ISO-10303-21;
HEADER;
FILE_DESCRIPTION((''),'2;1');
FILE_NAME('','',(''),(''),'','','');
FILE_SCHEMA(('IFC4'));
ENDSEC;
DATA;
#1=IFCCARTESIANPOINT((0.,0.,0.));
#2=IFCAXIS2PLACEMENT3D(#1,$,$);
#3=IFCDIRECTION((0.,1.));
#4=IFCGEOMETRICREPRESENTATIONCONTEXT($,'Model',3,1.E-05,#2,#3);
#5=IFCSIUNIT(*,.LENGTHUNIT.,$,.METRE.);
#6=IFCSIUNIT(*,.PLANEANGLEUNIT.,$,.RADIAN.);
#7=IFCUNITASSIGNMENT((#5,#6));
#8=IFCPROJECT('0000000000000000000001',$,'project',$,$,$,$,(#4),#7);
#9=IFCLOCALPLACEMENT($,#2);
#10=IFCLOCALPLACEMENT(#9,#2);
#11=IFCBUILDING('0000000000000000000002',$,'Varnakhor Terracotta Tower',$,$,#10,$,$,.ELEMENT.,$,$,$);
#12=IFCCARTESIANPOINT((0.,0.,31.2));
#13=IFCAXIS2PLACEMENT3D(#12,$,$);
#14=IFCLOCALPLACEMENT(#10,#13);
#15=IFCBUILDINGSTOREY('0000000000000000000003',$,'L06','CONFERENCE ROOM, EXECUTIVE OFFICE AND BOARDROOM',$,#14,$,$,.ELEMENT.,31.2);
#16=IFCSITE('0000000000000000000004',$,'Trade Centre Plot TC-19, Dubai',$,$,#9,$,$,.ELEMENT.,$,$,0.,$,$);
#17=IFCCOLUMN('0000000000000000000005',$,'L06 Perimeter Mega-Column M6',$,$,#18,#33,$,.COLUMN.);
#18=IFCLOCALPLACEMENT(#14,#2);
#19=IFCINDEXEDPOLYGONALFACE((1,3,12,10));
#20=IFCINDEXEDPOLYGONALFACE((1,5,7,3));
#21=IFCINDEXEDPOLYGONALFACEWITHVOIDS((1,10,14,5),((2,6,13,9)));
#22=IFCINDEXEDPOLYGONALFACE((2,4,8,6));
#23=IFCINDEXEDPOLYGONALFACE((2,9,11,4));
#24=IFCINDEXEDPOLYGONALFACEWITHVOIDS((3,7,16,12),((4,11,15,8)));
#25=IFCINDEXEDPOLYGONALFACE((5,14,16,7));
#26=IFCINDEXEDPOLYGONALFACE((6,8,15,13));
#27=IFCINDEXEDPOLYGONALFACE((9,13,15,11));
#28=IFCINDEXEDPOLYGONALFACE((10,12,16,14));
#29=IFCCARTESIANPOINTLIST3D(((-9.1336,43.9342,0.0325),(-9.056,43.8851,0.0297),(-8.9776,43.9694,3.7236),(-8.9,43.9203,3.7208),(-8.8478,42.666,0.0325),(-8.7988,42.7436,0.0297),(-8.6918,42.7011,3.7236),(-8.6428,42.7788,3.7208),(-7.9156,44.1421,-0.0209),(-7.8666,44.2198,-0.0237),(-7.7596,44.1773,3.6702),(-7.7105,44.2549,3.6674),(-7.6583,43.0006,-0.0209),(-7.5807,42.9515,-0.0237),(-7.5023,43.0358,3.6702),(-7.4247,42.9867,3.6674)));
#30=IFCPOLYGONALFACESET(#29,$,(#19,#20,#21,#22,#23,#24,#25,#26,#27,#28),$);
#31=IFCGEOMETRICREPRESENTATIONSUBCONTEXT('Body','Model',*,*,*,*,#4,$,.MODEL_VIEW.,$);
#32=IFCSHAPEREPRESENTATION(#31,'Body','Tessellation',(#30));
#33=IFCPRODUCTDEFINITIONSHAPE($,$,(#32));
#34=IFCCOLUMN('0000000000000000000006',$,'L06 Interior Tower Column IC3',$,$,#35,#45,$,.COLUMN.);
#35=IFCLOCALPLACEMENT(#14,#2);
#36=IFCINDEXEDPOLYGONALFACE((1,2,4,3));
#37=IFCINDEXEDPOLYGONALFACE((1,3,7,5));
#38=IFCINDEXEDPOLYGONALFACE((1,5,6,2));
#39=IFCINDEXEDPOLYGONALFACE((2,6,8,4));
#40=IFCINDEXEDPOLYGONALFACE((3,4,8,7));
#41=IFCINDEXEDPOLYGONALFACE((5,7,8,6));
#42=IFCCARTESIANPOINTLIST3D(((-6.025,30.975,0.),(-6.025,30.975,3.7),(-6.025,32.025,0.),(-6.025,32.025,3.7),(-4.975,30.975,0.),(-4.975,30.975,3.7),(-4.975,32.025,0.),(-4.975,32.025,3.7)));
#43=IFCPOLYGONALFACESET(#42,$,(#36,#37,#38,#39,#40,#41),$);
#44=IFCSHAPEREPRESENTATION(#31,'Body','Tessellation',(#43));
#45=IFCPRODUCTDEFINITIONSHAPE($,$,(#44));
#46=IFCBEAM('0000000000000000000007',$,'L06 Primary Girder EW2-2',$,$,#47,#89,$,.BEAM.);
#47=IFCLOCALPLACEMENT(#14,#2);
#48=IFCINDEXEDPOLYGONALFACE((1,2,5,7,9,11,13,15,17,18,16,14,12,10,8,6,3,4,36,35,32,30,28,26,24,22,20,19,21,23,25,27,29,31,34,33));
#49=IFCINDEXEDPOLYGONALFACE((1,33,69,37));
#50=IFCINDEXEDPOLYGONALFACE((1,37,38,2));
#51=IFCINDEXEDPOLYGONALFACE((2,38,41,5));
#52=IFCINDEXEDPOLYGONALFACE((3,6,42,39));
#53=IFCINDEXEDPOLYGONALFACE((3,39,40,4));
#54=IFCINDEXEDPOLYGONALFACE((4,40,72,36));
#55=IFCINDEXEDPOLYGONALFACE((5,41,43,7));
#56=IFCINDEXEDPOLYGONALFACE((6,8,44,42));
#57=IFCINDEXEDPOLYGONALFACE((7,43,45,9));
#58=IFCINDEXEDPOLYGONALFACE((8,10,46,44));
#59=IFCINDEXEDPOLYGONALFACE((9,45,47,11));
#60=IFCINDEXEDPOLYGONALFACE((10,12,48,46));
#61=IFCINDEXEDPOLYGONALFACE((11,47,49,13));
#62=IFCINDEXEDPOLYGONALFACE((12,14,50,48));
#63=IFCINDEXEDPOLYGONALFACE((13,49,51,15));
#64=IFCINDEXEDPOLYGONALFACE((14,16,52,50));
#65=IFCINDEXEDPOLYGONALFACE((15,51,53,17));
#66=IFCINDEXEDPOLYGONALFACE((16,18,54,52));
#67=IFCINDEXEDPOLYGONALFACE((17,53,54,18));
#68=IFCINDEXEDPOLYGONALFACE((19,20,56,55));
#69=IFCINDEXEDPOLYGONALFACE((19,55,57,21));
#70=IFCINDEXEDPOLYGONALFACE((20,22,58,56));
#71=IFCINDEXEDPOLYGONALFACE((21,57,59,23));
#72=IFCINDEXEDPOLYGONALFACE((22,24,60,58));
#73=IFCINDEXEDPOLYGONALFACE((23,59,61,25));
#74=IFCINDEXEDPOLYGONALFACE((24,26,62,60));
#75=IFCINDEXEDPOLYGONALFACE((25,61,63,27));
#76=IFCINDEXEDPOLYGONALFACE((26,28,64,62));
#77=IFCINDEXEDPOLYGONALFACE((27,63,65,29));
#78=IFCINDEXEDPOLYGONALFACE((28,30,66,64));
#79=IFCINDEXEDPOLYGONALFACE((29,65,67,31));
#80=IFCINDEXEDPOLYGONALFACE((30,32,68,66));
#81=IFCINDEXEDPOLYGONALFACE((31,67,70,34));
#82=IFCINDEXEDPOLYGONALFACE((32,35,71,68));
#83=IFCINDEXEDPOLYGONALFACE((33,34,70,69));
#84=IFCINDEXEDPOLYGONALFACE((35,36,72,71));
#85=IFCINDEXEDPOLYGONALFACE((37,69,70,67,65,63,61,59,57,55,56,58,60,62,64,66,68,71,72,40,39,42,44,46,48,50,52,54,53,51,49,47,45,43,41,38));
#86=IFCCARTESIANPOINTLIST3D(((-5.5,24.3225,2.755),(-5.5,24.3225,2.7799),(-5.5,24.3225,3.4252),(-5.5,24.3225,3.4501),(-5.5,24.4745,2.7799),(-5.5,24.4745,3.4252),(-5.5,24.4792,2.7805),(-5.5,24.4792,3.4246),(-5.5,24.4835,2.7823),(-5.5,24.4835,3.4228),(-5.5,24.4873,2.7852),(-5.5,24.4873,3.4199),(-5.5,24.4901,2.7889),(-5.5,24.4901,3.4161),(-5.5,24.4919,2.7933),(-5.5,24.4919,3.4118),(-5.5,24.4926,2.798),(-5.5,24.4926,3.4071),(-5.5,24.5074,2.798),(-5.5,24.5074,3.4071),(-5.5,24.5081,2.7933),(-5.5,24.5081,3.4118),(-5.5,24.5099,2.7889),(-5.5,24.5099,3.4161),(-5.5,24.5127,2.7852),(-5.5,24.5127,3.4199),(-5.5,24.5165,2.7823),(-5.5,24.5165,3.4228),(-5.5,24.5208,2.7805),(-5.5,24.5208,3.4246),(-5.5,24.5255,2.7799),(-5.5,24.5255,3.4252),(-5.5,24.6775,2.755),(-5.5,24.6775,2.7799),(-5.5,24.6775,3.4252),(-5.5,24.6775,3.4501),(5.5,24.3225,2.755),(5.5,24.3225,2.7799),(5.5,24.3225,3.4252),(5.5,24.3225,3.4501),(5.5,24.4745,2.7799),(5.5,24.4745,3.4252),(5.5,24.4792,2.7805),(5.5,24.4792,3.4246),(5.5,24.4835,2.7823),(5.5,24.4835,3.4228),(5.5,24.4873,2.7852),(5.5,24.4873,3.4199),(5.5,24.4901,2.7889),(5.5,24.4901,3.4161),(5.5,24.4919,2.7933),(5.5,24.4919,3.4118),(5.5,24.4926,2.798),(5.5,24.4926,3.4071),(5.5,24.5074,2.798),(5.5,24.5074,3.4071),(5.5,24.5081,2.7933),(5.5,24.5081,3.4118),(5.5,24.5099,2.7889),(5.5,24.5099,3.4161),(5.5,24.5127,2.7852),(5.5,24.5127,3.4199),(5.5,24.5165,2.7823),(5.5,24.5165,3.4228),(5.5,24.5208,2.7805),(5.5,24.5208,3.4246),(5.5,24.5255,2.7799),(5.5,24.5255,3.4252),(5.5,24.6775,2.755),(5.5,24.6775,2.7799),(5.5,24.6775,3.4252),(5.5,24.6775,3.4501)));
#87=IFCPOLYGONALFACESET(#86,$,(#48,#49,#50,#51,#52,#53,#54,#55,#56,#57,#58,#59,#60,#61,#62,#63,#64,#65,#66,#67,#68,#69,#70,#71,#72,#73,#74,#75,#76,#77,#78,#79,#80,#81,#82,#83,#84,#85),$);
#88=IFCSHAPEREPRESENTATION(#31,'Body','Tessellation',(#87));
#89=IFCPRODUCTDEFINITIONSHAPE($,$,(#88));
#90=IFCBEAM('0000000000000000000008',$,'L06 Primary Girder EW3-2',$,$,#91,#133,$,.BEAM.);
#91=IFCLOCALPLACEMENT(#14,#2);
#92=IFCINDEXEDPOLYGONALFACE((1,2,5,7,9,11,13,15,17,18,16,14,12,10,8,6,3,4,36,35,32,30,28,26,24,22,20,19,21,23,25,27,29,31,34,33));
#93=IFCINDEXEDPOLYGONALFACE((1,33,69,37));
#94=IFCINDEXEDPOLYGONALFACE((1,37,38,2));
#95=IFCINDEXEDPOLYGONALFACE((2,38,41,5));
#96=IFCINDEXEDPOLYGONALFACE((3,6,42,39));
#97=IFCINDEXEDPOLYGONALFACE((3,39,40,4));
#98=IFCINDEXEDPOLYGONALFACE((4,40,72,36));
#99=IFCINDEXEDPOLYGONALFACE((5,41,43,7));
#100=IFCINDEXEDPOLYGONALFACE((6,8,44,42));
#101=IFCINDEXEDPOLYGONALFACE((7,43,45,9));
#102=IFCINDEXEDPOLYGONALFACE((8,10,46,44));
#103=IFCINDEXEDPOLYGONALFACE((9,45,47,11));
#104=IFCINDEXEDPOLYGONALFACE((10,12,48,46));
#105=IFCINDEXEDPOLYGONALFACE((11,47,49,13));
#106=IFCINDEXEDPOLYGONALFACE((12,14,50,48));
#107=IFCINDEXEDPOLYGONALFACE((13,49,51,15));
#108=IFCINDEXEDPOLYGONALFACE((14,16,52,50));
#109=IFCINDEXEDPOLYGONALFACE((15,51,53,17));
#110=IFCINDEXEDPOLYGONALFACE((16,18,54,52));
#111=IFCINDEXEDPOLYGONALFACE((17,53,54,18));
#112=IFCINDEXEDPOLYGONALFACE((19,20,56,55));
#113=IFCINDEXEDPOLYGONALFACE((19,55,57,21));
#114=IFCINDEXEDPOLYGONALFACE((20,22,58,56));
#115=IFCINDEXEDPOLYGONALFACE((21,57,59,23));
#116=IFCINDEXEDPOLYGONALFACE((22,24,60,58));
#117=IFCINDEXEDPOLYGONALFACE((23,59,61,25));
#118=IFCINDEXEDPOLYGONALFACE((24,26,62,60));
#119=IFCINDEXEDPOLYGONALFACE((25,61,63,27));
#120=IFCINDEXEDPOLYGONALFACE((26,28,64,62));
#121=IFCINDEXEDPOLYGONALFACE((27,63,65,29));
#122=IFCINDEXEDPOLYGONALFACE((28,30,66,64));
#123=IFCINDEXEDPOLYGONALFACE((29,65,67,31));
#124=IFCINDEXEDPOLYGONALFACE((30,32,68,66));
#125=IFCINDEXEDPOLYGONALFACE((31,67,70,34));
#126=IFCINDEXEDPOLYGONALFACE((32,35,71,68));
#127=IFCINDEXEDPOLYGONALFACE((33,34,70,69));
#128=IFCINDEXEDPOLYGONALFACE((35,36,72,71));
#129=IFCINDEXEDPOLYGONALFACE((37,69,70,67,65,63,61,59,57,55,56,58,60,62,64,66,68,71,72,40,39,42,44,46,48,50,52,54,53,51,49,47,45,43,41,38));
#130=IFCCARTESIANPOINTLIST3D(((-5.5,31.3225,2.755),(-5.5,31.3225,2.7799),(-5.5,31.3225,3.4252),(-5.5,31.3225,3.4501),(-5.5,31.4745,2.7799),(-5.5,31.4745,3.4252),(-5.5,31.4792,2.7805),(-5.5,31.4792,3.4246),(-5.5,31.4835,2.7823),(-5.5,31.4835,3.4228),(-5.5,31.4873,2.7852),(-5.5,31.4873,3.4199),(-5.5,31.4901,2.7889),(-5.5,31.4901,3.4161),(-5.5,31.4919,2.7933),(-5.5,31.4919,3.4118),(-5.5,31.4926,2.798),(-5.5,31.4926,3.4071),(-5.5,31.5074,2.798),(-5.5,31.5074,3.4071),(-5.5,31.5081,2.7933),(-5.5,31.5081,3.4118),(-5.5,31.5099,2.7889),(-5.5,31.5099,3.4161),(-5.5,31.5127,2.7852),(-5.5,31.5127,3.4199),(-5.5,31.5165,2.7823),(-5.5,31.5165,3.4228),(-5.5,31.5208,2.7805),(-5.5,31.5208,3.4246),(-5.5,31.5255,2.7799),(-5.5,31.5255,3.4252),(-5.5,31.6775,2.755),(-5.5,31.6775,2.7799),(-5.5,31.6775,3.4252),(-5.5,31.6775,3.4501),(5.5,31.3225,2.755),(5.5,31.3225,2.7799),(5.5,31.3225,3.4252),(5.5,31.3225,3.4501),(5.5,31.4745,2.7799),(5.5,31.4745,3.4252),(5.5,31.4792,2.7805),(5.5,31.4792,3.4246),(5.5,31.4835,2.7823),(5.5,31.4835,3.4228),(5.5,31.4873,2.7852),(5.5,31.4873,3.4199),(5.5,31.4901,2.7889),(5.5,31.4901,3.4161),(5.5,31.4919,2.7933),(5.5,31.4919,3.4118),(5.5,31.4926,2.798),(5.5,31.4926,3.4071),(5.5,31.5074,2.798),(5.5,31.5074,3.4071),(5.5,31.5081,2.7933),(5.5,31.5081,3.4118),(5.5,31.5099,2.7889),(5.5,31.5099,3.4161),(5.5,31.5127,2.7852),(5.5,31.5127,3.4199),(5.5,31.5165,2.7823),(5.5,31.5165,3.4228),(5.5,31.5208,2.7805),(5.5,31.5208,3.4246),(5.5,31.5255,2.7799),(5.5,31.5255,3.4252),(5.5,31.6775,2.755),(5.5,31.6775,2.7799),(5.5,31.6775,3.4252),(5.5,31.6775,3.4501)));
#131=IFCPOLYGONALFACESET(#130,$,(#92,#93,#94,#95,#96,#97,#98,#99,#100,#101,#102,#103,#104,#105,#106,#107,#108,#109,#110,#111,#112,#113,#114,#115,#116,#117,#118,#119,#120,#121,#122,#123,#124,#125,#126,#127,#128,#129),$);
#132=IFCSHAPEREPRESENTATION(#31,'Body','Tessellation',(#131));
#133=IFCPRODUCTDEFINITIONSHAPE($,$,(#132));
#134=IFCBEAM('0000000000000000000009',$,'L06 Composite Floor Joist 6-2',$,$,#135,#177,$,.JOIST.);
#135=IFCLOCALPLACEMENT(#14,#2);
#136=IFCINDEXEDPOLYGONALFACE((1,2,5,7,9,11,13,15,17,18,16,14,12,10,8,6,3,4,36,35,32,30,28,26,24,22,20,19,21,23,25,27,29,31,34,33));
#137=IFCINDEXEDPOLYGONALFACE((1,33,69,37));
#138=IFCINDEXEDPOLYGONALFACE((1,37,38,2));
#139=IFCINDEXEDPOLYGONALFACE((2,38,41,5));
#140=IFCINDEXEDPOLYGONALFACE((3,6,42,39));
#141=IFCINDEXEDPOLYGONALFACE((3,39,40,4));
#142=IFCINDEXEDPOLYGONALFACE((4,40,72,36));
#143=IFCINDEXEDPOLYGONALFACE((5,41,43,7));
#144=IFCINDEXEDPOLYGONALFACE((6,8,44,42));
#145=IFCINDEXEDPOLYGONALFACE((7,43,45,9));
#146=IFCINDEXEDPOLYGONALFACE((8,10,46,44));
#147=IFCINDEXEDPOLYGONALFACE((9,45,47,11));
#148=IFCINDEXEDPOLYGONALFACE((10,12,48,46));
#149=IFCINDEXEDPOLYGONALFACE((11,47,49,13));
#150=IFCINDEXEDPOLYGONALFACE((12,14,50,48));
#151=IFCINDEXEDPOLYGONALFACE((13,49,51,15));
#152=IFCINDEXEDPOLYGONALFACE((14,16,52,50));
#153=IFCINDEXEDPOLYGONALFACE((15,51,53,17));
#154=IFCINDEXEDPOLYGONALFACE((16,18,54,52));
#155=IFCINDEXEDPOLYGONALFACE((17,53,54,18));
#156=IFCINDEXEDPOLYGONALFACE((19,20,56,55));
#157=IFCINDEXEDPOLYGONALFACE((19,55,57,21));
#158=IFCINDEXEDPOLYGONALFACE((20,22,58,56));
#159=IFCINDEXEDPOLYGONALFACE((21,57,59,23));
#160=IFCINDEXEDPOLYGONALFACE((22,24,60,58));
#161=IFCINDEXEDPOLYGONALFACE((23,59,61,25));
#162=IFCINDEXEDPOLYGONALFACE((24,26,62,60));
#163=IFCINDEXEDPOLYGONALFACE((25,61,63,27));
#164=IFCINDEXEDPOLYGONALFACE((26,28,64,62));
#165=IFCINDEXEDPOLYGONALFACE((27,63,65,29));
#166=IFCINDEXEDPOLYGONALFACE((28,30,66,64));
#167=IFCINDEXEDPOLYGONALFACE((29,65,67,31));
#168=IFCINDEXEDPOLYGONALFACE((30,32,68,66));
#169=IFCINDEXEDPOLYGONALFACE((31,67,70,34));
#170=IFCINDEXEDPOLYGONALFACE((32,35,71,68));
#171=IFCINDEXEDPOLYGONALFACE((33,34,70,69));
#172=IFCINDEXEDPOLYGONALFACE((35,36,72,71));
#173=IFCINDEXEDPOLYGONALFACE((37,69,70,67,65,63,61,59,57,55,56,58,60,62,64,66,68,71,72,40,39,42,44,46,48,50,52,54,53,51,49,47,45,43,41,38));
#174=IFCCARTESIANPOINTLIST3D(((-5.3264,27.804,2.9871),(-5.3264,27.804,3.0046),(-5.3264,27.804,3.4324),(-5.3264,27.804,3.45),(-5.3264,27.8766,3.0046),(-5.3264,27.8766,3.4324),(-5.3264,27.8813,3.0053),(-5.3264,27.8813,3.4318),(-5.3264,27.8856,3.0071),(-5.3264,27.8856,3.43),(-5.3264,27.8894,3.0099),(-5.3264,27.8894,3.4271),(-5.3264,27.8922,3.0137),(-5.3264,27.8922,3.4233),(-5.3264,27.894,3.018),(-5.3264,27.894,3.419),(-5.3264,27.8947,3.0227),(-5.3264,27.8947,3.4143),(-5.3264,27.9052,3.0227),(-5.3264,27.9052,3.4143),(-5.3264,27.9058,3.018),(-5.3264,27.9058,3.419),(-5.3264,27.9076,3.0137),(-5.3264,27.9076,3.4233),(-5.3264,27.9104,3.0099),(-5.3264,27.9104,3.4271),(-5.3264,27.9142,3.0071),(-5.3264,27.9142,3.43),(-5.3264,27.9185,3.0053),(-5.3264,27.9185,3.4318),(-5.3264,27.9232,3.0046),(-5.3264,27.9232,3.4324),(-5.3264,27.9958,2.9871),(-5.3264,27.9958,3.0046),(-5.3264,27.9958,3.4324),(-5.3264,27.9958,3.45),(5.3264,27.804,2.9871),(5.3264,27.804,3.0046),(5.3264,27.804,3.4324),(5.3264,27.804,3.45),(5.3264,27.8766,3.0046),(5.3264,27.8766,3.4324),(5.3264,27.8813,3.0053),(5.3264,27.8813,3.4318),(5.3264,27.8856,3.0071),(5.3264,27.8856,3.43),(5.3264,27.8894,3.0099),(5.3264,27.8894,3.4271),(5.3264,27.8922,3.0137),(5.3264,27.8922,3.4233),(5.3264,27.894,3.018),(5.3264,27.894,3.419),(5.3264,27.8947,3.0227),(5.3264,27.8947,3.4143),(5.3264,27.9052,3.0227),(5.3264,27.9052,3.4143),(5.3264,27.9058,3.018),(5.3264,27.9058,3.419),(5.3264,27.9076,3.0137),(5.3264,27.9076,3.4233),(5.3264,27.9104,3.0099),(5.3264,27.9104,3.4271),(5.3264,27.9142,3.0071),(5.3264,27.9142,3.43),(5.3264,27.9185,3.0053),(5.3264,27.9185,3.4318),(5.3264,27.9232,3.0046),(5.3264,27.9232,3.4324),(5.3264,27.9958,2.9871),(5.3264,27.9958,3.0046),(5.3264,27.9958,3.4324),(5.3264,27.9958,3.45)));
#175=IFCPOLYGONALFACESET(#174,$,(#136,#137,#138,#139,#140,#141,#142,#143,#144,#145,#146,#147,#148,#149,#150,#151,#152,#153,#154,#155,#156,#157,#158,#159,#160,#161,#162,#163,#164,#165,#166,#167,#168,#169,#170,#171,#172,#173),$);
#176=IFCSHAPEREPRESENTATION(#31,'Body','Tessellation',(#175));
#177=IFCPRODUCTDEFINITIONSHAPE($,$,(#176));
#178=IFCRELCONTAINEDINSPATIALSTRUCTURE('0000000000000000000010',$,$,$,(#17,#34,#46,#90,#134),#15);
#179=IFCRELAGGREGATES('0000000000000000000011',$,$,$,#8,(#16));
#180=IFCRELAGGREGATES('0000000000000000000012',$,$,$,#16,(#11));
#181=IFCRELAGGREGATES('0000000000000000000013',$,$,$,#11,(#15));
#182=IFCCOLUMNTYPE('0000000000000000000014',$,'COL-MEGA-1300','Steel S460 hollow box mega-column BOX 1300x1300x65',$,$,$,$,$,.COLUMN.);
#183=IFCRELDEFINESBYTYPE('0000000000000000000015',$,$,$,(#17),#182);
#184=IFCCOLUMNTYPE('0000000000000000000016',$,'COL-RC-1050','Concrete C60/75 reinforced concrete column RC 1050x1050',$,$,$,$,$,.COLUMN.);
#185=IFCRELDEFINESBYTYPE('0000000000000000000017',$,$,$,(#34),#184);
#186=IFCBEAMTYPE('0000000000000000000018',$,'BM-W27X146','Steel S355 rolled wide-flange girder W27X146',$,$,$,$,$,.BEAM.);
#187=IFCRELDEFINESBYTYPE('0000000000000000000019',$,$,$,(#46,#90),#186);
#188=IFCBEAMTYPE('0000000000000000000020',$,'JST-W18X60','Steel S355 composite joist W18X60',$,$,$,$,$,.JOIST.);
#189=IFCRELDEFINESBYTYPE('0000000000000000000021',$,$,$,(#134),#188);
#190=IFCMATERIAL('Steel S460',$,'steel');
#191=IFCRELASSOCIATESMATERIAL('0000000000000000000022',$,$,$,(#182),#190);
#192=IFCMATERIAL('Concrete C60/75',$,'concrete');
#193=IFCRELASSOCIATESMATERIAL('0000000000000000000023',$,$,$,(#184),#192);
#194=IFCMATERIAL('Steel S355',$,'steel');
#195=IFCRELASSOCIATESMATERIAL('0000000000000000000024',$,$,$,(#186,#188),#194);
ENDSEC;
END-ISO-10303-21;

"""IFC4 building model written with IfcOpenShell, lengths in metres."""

from ifc_helpers import new_model, si_unit, direction, frame, origin, origin_2d, place, context, subcontext, project, spatial, rectangle, hollow_rectangle, i_section, extrude, source, transform, mapped, material, material_profile, profile_set, type_object, element, save


model = new_model("IFC4")

# Units and contexts
model_context = context("Model", 3, precision=1e-05, world=origin(), true_north=direction((0.0, 1.0)))
body_context = subcontext(model_context, "Body", "Model", "MODEL_VIEW")
ifc_project = project(units=[si_unit("LENGTHUNIT", "METRE"), si_unit("PLANEANGLEUNIT", "RADIAN")], contexts=[model_context])

# Site, building, storey
site_placement = place(None, origin())
site = spatial("IfcSite", under=ifc_project, at=site_placement, Name="Trade Centre Plot TC-19, Dubai", CompositionType="ELEMENT", RefElevation=0.0)
building_placement = place(site_placement, origin())
building = spatial("IfcBuilding", under=site, at=building_placement, Name="Varnakhor Terracotta Tower", CompositionType="ELEMENT")
storey_placement = place(building_placement, frame((0.0, 0.0, 31.2)))
storey = spatial("IfcBuildingStorey", under=building, at=storey_placement, Name="L06", Description="CONFERENCE ROOM, EXECUTIVE OFFICE AND BOARDROOM", CompositionType="ELEMENT", Elevation=31.2)

# Columns
ifc_material_1 = material(Name="Steel S460", Category="steel")
ifc_material_profile_1 = material_profile(ifc_material_1, hollow_rectangle(XDim=1.3, YDim=1.3, WallThickness=0.0649, at=origin_2d()), Name="BOX 1300x1300x65")
ifc_profile_set_1 = profile_set([ifc_material_profile_1], Name="Steel S460")
column_type_1 = type_object("IfcColumnType", Name="COL-MEGA-1300", Description="Steel S460 hollow box mega-column BOX 1300x1300x65", PredefinedType="COLUMN", material=ifc_profile_set_1)
shared_shape_1 = source(origin(), body_context, "Body", "SweptSolid", [
    extrude(hollow_rectangle(XDim=1.3, YDim=1.3, WallThickness=0.0649, at=origin_2d()), origin(), (0.0, 0.0, 1.0), 3.6946),
])
column_1_placement = place(storey_placement, frame((-8.3572, 43.4429, 0.0044), z_axis=(0.042225, 0.009516, 0.999063), x_axis=(-0.219839, 0.975536, 0.0)))
element("IfcColumn", 1, at=column_1_placement, inside=storey, type_object=column_type_1, Name="L06 Perimeter Mega-Column M6", PredefinedType="COLUMN", context=body_context, shape_type="MappedRepresentation", body=[
    mapped(shared_shape_1, transform((0.0, 0.0, 0.0), scale=1.0)),
])
ifc_material_2 = material(Name="Concrete C60/75", Category="concrete")
ifc_material_profile_2 = material_profile(ifc_material_2, rectangle(XDim=1.05, YDim=1.05, at=origin_2d()), Name="RC 1050x1050")
ifc_profile_set_2 = profile_set([ifc_material_profile_2], Name="Concrete C60/75")
column_type_2 = type_object("IfcColumnType", Name="COL-RC-1050", Description="Concrete C60/75 reinforced concrete column RC 1050x1050", PredefinedType="COLUMN", material=ifc_profile_set_2)
shared_shape_2 = source(origin(), body_context, "Body", "SweptSolid", [
    extrude(rectangle(XDim=1.05, YDim=1.05, at=origin_2d()), origin(), (0.0, 0.0, 1.0), 3.7),
])
column_2_placement = place(storey_placement, frame((-5.5, 31.5, 0.0), z_axis=(0.0, 0.0, 1.0), x_axis=(1.0, 0.0, 0.0)))
element("IfcColumn", 2, at=column_2_placement, inside=storey, type_object=column_type_2, Name="L06 Interior Tower Column IC3", PredefinedType="COLUMN", context=body_context, shape_type="MappedRepresentation", body=[
    mapped(shared_shape_2, transform((0.0, 0.0, 0.0), scale=1.0)),
])

# Beams
ifc_material_3 = material(Name="Steel S355", Category="steel")
ifc_material_profile_3 = material_profile(ifc_material_3, i_section(OverallWidth=0.355, OverallDepth=0.6951, WebThickness=0.0149, FlangeThickness=0.0249, FilletRadius=0.0181, at=origin_2d()), Name="W27X146")
ifc_profile_set_3 = profile_set([ifc_material_profile_3], Name="Steel S355")
beam_type_1 = type_object("IfcBeamType", Name="BM-W27X146", Description="Steel S355 rolled wide-flange girder W27X146", PredefinedType="BEAM", material=ifc_profile_set_3)
shared_shape_3 = source(origin(), body_context, "Body", "SweptSolid", [
    extrude(i_section(OverallWidth=0.355, OverallDepth=0.6951, WebThickness=0.0149, FlangeThickness=0.0249, FilletRadius=0.0181, at=origin_2d()), origin(), (0.0, 0.0, 1.0), 11.0),
])
for number, where, z_axis, x_axis, name in (
    (3, (-5.5, 24.5, 3.1025), (1.0, 0.0, 0.0), (0.0, 1.0, 0.0), "L06 Primary Girder EW2-2"),
    (4, (-5.5, 31.5, 3.1025), (1.0, 0.0, 0.0), (0.0, 1.0, 0.0), "L06 Primary Girder EW3-2"),
):
    element("IfcBeam", number, at=place(storey_placement, frame(where, z_axis=z_axis, x_axis=x_axis)), inside=storey, type_object=beam_type_1, Name=name, PredefinedType="BEAM", context=body_context, shape_type="MappedRepresentation", body=[
        mapped(shared_shape_3, transform((0.0, 0.0, 0.0), scale=1.0)),
    ])
ifc_material_profile_4 = material_profile(ifc_material_3, i_section(OverallWidth=0.1919, OverallDepth=0.4629, WebThickness=0.0105, FlangeThickness=0.0176, FilletRadius=0.0181, at=origin_2d()), Name="W18X60")
ifc_profile_set_4 = profile_set([ifc_material_profile_4], Name="Steel S355")
beam_type_2 = type_object("IfcBeamType", Name="JST-W18X60", Description="Steel S355 composite joist W18X60", PredefinedType="JOIST", material=ifc_profile_set_4)
shared_shape_4 = source(origin(), body_context, "Body", "SweptSolid", [
    extrude(i_section(OverallWidth=0.1919, OverallDepth=0.4629, WebThickness=0.0105, FlangeThickness=0.0176, FilletRadius=0.0181, at=origin_2d()), origin(), (0.0, 0.0, 1.0), 10.6528),
])
for number, where, z_axis, x_axis, name in (
    (5, (-5.3264, 27.8999, 3.2185), (1.0, 0.0, 0.0), (0.0, 1.0, 0.0), "L06 Composite Floor Joist 6-2"),
):
    element("IfcBeam", number, at=place(storey_placement, frame(where, z_axis=z_axis, x_axis=x_axis)), inside=storey, type_object=beam_type_2, Name=name, PredefinedType="JOIST", context=body_context, shape_type="MappedRepresentation", body=[
        mapped(shared_shape_4, transform((0.0, 0.0, 0.0), scale=1.0)),
    ])

save(model, "model.ifc")
